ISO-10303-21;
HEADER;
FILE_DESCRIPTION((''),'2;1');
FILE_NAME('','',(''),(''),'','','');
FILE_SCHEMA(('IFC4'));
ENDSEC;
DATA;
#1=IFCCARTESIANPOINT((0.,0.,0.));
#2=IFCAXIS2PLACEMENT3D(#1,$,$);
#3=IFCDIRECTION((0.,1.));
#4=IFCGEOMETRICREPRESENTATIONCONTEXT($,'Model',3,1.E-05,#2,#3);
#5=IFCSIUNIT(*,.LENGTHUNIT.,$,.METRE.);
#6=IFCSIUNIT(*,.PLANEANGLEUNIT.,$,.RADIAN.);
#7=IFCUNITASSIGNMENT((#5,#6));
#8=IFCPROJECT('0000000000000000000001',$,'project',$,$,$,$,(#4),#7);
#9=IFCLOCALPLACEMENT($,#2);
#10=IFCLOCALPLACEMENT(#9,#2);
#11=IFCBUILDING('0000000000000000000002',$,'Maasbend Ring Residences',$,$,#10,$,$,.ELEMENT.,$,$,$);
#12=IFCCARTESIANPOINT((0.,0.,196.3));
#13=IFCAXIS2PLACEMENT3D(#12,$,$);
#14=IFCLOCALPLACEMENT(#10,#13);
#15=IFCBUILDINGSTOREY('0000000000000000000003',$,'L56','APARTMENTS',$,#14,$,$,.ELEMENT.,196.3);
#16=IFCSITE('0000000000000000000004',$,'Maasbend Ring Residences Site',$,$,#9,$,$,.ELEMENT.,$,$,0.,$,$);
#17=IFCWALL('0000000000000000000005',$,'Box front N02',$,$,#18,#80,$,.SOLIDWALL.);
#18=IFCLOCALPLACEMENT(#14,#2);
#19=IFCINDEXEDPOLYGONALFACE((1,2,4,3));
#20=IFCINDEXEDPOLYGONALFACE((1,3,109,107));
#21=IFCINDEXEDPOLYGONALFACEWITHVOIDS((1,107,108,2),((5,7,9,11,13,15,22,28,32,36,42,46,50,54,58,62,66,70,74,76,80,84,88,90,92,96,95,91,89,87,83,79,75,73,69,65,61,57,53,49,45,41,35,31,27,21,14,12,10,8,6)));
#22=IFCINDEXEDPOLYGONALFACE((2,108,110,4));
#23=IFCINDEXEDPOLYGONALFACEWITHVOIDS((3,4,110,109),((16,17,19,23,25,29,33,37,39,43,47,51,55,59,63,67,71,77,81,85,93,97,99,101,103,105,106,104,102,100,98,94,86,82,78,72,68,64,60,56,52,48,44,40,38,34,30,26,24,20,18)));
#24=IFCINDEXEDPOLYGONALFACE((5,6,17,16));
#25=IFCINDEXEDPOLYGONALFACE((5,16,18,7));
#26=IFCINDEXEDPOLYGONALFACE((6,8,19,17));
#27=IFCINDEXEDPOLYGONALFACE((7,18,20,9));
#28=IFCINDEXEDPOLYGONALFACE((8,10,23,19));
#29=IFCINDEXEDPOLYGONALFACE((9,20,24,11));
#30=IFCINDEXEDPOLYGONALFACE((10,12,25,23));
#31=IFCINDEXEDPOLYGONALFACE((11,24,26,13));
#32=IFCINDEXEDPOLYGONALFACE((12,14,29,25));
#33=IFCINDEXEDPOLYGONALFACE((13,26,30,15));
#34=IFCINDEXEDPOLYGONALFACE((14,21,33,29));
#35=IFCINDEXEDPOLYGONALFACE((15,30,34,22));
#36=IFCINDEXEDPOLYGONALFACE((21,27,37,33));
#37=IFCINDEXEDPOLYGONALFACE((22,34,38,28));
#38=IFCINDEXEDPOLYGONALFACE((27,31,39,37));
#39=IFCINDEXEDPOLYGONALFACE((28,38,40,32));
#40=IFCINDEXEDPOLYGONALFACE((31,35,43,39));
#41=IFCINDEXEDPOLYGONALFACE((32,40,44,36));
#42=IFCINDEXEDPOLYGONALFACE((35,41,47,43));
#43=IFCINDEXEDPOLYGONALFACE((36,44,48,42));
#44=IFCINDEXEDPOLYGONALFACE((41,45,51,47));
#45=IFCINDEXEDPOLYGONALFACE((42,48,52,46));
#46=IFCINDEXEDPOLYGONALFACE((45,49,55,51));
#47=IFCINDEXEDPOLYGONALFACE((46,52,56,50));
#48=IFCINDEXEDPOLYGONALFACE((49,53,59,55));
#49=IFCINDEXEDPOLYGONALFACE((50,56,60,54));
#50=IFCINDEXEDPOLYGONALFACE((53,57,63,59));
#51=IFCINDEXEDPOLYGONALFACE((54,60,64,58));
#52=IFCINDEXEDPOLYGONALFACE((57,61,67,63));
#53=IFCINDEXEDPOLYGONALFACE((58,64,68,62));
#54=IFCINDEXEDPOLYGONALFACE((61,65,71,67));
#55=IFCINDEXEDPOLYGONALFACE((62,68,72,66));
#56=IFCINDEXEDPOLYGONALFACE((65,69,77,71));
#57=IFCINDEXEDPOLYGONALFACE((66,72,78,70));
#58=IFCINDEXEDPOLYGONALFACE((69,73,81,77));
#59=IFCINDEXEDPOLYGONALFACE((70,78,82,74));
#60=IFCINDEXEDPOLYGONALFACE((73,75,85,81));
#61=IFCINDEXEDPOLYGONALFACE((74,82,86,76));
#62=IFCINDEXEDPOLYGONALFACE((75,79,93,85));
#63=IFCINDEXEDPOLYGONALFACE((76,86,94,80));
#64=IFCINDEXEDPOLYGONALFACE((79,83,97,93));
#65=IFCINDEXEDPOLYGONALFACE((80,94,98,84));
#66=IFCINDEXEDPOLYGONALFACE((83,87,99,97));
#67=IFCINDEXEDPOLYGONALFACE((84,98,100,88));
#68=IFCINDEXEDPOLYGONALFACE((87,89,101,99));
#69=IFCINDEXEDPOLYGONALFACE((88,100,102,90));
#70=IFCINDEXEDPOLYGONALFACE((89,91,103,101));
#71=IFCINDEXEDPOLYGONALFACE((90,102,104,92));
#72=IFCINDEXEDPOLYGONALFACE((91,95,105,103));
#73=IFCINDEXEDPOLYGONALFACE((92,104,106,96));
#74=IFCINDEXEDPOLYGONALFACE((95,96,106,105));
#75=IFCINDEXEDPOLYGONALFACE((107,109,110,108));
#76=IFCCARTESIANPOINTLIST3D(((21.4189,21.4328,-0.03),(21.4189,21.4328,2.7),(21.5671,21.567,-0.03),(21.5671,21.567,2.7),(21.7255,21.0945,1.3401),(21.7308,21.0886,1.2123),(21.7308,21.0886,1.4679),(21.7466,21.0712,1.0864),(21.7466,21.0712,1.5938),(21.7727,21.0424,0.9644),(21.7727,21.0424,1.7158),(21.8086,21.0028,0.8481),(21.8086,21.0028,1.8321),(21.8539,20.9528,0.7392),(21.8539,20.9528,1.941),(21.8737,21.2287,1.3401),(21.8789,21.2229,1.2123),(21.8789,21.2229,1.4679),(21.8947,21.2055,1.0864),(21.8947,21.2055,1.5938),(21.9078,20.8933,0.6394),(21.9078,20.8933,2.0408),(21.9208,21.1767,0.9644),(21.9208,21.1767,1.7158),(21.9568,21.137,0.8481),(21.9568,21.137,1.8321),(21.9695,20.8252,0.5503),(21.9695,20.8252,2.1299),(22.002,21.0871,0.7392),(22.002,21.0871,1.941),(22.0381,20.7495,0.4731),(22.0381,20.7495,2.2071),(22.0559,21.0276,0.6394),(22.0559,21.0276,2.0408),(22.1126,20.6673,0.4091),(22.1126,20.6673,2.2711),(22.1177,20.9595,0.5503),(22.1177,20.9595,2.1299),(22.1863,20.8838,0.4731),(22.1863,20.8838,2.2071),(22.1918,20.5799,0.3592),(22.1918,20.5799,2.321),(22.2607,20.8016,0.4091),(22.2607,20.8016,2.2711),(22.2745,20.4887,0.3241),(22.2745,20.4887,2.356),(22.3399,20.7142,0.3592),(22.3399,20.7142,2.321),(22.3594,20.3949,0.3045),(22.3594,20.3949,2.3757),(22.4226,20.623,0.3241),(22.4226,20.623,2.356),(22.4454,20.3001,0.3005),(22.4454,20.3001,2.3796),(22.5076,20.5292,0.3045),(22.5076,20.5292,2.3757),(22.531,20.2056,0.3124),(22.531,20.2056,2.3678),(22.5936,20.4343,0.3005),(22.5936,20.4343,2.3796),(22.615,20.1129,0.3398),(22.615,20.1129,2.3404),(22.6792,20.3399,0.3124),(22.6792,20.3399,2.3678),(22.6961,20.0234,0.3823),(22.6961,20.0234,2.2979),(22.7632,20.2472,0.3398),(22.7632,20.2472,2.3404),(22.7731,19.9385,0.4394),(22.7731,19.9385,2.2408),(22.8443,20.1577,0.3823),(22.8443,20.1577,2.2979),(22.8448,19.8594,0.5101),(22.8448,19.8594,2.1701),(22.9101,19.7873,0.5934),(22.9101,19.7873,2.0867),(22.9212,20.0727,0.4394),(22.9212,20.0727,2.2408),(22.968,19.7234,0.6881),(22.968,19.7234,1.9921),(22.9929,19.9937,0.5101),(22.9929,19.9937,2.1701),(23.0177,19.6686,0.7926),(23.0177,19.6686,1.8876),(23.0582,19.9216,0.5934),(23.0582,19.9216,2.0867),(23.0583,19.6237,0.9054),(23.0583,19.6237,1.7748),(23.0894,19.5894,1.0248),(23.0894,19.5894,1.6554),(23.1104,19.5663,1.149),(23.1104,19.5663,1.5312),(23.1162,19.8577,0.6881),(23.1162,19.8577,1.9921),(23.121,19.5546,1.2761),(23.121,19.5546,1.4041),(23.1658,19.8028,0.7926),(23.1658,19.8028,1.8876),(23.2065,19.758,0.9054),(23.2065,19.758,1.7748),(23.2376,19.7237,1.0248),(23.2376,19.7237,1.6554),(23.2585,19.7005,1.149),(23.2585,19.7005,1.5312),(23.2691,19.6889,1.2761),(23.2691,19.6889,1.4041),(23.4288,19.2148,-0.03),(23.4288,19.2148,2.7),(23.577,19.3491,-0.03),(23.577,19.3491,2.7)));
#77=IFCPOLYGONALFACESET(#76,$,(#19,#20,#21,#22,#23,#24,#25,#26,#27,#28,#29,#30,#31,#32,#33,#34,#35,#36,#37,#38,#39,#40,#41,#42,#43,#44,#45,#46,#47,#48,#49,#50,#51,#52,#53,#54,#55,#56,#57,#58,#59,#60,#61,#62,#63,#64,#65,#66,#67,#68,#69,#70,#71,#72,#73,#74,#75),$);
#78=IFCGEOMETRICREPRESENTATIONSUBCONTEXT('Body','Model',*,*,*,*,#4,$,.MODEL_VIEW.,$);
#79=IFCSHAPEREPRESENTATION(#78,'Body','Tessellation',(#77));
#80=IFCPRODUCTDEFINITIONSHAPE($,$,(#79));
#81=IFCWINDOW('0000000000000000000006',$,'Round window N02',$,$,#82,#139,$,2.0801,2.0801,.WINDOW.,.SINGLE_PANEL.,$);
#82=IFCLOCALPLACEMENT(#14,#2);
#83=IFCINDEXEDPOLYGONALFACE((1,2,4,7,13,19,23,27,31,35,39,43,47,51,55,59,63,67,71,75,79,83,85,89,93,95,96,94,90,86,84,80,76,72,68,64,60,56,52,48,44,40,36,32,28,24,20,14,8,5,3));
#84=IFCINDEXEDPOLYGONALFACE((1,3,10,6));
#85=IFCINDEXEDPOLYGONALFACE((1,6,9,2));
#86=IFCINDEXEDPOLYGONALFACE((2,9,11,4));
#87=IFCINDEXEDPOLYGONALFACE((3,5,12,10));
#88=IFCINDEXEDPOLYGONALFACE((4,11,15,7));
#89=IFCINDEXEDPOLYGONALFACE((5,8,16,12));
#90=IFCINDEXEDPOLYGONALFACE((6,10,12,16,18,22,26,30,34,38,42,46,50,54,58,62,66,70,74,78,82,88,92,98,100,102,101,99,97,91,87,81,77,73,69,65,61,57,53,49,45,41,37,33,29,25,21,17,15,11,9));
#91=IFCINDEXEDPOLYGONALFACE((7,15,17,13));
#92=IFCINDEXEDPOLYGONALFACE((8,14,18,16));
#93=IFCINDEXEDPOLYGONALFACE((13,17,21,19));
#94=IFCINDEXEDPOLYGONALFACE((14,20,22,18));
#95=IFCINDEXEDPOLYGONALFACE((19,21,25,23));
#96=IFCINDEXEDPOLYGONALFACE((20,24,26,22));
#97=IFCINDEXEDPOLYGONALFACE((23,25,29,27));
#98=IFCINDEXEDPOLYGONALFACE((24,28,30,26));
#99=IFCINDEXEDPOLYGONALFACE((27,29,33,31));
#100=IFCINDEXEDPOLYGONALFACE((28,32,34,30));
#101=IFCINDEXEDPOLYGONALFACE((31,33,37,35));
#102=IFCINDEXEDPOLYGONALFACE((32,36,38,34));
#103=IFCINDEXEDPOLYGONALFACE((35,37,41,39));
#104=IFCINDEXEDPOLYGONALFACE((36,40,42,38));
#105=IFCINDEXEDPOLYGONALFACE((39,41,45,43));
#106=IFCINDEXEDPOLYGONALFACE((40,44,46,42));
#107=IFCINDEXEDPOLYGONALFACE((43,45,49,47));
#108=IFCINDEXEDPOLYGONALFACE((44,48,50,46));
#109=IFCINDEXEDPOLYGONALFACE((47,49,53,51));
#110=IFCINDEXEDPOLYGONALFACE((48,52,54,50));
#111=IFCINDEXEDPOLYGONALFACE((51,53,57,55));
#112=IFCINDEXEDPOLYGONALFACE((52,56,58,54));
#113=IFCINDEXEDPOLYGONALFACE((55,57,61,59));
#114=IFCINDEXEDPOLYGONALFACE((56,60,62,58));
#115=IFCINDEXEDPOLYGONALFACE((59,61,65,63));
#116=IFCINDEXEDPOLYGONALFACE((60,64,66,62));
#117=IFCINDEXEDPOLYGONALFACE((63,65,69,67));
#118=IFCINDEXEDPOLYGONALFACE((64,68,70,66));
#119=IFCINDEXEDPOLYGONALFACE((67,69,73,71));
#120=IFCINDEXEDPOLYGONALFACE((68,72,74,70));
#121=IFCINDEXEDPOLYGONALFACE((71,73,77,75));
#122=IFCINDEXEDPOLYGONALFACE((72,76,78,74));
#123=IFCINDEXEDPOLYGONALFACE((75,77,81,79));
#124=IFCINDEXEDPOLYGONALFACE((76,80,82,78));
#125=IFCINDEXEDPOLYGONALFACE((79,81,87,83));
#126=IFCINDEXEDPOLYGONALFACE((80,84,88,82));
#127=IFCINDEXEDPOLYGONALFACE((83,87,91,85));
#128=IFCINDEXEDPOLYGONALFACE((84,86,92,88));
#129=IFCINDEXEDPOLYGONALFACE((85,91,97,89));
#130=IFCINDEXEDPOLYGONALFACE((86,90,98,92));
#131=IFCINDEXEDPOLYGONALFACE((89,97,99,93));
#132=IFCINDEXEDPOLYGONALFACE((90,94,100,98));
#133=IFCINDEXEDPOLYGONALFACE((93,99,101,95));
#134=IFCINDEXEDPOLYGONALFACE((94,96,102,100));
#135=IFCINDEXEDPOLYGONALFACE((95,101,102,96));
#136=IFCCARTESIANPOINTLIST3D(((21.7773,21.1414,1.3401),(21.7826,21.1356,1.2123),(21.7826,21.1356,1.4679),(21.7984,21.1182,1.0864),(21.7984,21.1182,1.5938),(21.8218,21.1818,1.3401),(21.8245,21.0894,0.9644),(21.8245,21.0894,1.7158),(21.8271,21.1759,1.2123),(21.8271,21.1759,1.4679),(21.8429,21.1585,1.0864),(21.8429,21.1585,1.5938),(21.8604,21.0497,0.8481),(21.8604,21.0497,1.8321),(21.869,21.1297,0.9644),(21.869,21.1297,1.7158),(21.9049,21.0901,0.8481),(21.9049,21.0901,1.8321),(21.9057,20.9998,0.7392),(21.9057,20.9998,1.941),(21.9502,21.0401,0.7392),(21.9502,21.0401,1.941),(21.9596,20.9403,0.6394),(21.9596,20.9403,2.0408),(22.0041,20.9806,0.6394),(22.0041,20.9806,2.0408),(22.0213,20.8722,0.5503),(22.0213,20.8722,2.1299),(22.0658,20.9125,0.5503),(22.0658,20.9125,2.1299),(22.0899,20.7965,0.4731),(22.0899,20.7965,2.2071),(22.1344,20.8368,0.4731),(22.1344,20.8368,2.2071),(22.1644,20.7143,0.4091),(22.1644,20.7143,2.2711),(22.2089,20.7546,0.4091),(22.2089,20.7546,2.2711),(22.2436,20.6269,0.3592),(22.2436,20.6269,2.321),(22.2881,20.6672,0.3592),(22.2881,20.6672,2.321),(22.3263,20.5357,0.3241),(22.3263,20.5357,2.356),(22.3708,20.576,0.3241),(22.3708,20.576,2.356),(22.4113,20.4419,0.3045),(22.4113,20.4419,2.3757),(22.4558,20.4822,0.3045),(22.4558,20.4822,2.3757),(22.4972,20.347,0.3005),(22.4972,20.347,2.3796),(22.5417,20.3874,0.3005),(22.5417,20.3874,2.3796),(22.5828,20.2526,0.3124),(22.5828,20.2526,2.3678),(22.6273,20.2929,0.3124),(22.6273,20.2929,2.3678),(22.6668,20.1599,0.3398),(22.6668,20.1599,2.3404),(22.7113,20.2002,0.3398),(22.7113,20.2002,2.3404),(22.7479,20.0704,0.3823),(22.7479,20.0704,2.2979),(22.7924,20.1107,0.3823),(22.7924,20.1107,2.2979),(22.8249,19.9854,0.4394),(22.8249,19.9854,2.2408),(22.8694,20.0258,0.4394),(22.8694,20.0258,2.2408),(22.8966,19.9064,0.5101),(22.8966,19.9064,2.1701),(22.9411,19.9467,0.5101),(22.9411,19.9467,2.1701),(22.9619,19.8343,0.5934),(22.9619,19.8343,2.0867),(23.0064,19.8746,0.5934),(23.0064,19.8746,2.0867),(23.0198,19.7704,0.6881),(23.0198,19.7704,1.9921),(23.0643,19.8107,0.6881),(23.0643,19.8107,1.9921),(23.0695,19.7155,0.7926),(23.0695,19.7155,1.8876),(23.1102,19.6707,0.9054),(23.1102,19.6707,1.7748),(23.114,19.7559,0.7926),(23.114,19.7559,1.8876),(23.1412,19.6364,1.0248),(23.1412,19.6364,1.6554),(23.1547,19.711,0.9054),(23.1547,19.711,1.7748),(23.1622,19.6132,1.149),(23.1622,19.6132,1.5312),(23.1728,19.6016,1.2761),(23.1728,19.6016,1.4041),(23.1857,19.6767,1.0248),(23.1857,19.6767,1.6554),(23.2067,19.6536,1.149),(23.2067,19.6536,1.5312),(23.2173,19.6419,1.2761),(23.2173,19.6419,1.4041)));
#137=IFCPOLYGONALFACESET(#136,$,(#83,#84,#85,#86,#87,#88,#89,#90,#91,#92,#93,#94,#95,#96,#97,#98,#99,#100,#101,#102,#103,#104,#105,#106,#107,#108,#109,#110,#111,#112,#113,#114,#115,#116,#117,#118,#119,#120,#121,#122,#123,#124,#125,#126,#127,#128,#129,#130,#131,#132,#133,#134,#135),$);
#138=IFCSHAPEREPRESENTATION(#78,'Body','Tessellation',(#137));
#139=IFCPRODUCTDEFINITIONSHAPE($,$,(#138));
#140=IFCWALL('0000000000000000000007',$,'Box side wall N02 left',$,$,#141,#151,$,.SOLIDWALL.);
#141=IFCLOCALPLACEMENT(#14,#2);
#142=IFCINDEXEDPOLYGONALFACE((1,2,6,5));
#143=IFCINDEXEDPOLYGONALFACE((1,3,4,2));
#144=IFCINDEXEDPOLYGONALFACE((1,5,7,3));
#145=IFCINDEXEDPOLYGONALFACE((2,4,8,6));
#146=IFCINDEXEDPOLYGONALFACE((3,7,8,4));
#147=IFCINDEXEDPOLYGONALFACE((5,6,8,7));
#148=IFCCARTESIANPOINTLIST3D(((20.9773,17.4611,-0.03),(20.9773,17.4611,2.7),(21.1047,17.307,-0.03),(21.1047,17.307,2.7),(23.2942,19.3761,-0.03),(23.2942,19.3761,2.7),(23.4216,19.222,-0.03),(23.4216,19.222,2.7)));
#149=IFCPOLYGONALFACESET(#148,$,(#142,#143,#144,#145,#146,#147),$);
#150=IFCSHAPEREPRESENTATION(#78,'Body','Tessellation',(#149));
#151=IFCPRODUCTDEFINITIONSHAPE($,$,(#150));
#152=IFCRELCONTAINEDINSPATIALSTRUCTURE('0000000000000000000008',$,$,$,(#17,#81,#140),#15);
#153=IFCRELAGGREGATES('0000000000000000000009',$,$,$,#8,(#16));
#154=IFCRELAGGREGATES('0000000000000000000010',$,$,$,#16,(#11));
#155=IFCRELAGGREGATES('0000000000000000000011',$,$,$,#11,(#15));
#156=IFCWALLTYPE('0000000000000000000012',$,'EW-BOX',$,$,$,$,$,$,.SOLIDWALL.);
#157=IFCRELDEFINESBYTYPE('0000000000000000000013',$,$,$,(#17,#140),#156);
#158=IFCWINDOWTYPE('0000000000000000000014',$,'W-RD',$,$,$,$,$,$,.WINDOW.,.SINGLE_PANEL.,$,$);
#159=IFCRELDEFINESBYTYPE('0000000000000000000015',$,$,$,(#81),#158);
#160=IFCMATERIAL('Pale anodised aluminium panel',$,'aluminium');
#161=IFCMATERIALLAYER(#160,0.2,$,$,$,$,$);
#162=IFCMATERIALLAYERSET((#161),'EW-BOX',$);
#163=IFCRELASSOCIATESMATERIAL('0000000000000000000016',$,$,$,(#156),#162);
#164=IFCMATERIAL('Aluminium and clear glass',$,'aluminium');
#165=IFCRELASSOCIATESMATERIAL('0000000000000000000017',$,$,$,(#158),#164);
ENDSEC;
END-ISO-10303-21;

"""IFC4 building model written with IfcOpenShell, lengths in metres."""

from ifc_helpers import new_model, si_unit, direction, frame, frame_2d, origin, place, context, subcontext, project, spatial, rectangle, circle, extrude, material, layer, layer_set, type_object, element, fill, save


model = new_model("IFC4")

# Units and contexts
model_context = context("Model", 3, precision=1e-05, world=origin(), true_north=direction((0.0, 1.0)))
body_context = subcontext(model_context, "Body", "Model", "MODEL_VIEW")
ifc_project = project(units=[si_unit("LENGTHUNIT", "METRE"), si_unit("PLANEANGLEUNIT", "RADIAN")], contexts=[model_context])

# Site, building, storey
site_placement = place(None, origin())
site = spatial("IfcSite", under=ifc_project, at=site_placement, Name="Maasbend Ring Residences Site", CompositionType="ELEMENT", RefElevation=0.0)
building_placement = place(site_placement, origin())
building = spatial("IfcBuilding", under=site, at=building_placement, Name="Maasbend Ring Residences", CompositionType="ELEMENT")
storey_placement = place(building_placement, frame((0.0, 0.0, 196.3)))
storey = spatial("IfcBuildingStorey", under=building, at=storey_placement, Name="L56", Description="APARTMENTS", CompositionType="ELEMENT", Elevation=196.3)

# Wall, opening, window
ifc_material_1 = material(Name="Pale anodised aluminium panel", Category="aluminium")
ifc_layer_1 = layer(ifc_material_1, 0.2)
ifc_layer_set_1 = layer_set([ifc_layer_1], Name="EW-BOX")
wall_type_1 = type_object("IfcWallType", Name="EW-BOX", PredefinedType="SOLIDWALL", material=ifc_layer_set_1)
wall_1_placement = place(storey_placement, frame((23.5029, 19.282, -0.03), z_axis=(0.0, 0.0, 1.0), x_axis=(-0.671507, 0.740998, 0.0)))
wall_1 = element("IfcWall", 1, at=wall_1_placement, inside=storey, type_object=wall_type_1, Name="Box front N02", PredefinedType="SOLIDWALL", context=body_context, shape_type="SweptSolid", body=[
    extrude(rectangle(XDim=2.9932, YDim=0.2, at=frame_2d((1.4966, 0.0))), origin(), (0.0, 0.0, 1.0), 2.73),
])
opening_1_placement = place(wall_1_placement, frame((0.4565, 0.0, 0.3301)))
opening_1 = element("IfcOpeningElement", 2, at=opening_1_placement, cuts=wall_1, PredefinedType="OPENING", context=body_context, shape_type="SweptSolid", body=[
    extrude(circle(Radius=1.04, at=frame_2d((1.04, 1.04))), frame((0.0, 0.1099, 0.0), z_axis=(0.0, -1.0, 0.0), x_axis=(1.0, 0.0, 0.0)), (0.0, 0.0, 1.0), 0.22),
])
ifc_material_2 = material(Name="Aluminium and clear glass", Category="aluminium")
window_type_1 = type_object("IfcWindowType", Name="W-RD", PartitioningType="SINGLE_PANEL", PredefinedType="WINDOW", material=ifc_material_2)
window_1_placement = place(opening_1_placement, origin())
window_1 = element("IfcWindow", 3, at=window_1_placement, inside=storey, type_object=window_type_1, Name="Round window N02", OverallHeight=2.0801, OverallWidth=2.0801, PartitioningType="SINGLE_PANEL", PredefinedType="WINDOW", context=body_context, shape_type="SweptSolid", body=[
    extrude(circle(Radius=1.04, at=frame_2d((1.04, 1.04))), frame((0.0, 0.03, 0.0), z_axis=(0.0, -1.0, 0.0), x_axis=(1.0, 0.0, 0.0)), (0.0, 0.0, 1.0), 0.0601),
])
fill(opening_1, window_1)

# Wall
wall_2_placement = place(storey_placement, frame((21.041, 17.384, -0.03), z_axis=(0.0, 0.0, 1.0), x_axis=(0.770785, 0.637096, 0.0)))
element("IfcWall", 4, at=wall_2_placement, inside=storey, type_object=wall_type_1, Name="Box side wall N02 left", PredefinedType="SOLIDWALL", context=body_context, shape_type="SweptSolid", body=[
    extrude(rectangle(XDim=3.0059, YDim=0.2, at=frame_2d((1.5029, 0.0))), origin(), (0.0, 0.0, 1.0), 2.73),
])

save(model, "model.ifc")
